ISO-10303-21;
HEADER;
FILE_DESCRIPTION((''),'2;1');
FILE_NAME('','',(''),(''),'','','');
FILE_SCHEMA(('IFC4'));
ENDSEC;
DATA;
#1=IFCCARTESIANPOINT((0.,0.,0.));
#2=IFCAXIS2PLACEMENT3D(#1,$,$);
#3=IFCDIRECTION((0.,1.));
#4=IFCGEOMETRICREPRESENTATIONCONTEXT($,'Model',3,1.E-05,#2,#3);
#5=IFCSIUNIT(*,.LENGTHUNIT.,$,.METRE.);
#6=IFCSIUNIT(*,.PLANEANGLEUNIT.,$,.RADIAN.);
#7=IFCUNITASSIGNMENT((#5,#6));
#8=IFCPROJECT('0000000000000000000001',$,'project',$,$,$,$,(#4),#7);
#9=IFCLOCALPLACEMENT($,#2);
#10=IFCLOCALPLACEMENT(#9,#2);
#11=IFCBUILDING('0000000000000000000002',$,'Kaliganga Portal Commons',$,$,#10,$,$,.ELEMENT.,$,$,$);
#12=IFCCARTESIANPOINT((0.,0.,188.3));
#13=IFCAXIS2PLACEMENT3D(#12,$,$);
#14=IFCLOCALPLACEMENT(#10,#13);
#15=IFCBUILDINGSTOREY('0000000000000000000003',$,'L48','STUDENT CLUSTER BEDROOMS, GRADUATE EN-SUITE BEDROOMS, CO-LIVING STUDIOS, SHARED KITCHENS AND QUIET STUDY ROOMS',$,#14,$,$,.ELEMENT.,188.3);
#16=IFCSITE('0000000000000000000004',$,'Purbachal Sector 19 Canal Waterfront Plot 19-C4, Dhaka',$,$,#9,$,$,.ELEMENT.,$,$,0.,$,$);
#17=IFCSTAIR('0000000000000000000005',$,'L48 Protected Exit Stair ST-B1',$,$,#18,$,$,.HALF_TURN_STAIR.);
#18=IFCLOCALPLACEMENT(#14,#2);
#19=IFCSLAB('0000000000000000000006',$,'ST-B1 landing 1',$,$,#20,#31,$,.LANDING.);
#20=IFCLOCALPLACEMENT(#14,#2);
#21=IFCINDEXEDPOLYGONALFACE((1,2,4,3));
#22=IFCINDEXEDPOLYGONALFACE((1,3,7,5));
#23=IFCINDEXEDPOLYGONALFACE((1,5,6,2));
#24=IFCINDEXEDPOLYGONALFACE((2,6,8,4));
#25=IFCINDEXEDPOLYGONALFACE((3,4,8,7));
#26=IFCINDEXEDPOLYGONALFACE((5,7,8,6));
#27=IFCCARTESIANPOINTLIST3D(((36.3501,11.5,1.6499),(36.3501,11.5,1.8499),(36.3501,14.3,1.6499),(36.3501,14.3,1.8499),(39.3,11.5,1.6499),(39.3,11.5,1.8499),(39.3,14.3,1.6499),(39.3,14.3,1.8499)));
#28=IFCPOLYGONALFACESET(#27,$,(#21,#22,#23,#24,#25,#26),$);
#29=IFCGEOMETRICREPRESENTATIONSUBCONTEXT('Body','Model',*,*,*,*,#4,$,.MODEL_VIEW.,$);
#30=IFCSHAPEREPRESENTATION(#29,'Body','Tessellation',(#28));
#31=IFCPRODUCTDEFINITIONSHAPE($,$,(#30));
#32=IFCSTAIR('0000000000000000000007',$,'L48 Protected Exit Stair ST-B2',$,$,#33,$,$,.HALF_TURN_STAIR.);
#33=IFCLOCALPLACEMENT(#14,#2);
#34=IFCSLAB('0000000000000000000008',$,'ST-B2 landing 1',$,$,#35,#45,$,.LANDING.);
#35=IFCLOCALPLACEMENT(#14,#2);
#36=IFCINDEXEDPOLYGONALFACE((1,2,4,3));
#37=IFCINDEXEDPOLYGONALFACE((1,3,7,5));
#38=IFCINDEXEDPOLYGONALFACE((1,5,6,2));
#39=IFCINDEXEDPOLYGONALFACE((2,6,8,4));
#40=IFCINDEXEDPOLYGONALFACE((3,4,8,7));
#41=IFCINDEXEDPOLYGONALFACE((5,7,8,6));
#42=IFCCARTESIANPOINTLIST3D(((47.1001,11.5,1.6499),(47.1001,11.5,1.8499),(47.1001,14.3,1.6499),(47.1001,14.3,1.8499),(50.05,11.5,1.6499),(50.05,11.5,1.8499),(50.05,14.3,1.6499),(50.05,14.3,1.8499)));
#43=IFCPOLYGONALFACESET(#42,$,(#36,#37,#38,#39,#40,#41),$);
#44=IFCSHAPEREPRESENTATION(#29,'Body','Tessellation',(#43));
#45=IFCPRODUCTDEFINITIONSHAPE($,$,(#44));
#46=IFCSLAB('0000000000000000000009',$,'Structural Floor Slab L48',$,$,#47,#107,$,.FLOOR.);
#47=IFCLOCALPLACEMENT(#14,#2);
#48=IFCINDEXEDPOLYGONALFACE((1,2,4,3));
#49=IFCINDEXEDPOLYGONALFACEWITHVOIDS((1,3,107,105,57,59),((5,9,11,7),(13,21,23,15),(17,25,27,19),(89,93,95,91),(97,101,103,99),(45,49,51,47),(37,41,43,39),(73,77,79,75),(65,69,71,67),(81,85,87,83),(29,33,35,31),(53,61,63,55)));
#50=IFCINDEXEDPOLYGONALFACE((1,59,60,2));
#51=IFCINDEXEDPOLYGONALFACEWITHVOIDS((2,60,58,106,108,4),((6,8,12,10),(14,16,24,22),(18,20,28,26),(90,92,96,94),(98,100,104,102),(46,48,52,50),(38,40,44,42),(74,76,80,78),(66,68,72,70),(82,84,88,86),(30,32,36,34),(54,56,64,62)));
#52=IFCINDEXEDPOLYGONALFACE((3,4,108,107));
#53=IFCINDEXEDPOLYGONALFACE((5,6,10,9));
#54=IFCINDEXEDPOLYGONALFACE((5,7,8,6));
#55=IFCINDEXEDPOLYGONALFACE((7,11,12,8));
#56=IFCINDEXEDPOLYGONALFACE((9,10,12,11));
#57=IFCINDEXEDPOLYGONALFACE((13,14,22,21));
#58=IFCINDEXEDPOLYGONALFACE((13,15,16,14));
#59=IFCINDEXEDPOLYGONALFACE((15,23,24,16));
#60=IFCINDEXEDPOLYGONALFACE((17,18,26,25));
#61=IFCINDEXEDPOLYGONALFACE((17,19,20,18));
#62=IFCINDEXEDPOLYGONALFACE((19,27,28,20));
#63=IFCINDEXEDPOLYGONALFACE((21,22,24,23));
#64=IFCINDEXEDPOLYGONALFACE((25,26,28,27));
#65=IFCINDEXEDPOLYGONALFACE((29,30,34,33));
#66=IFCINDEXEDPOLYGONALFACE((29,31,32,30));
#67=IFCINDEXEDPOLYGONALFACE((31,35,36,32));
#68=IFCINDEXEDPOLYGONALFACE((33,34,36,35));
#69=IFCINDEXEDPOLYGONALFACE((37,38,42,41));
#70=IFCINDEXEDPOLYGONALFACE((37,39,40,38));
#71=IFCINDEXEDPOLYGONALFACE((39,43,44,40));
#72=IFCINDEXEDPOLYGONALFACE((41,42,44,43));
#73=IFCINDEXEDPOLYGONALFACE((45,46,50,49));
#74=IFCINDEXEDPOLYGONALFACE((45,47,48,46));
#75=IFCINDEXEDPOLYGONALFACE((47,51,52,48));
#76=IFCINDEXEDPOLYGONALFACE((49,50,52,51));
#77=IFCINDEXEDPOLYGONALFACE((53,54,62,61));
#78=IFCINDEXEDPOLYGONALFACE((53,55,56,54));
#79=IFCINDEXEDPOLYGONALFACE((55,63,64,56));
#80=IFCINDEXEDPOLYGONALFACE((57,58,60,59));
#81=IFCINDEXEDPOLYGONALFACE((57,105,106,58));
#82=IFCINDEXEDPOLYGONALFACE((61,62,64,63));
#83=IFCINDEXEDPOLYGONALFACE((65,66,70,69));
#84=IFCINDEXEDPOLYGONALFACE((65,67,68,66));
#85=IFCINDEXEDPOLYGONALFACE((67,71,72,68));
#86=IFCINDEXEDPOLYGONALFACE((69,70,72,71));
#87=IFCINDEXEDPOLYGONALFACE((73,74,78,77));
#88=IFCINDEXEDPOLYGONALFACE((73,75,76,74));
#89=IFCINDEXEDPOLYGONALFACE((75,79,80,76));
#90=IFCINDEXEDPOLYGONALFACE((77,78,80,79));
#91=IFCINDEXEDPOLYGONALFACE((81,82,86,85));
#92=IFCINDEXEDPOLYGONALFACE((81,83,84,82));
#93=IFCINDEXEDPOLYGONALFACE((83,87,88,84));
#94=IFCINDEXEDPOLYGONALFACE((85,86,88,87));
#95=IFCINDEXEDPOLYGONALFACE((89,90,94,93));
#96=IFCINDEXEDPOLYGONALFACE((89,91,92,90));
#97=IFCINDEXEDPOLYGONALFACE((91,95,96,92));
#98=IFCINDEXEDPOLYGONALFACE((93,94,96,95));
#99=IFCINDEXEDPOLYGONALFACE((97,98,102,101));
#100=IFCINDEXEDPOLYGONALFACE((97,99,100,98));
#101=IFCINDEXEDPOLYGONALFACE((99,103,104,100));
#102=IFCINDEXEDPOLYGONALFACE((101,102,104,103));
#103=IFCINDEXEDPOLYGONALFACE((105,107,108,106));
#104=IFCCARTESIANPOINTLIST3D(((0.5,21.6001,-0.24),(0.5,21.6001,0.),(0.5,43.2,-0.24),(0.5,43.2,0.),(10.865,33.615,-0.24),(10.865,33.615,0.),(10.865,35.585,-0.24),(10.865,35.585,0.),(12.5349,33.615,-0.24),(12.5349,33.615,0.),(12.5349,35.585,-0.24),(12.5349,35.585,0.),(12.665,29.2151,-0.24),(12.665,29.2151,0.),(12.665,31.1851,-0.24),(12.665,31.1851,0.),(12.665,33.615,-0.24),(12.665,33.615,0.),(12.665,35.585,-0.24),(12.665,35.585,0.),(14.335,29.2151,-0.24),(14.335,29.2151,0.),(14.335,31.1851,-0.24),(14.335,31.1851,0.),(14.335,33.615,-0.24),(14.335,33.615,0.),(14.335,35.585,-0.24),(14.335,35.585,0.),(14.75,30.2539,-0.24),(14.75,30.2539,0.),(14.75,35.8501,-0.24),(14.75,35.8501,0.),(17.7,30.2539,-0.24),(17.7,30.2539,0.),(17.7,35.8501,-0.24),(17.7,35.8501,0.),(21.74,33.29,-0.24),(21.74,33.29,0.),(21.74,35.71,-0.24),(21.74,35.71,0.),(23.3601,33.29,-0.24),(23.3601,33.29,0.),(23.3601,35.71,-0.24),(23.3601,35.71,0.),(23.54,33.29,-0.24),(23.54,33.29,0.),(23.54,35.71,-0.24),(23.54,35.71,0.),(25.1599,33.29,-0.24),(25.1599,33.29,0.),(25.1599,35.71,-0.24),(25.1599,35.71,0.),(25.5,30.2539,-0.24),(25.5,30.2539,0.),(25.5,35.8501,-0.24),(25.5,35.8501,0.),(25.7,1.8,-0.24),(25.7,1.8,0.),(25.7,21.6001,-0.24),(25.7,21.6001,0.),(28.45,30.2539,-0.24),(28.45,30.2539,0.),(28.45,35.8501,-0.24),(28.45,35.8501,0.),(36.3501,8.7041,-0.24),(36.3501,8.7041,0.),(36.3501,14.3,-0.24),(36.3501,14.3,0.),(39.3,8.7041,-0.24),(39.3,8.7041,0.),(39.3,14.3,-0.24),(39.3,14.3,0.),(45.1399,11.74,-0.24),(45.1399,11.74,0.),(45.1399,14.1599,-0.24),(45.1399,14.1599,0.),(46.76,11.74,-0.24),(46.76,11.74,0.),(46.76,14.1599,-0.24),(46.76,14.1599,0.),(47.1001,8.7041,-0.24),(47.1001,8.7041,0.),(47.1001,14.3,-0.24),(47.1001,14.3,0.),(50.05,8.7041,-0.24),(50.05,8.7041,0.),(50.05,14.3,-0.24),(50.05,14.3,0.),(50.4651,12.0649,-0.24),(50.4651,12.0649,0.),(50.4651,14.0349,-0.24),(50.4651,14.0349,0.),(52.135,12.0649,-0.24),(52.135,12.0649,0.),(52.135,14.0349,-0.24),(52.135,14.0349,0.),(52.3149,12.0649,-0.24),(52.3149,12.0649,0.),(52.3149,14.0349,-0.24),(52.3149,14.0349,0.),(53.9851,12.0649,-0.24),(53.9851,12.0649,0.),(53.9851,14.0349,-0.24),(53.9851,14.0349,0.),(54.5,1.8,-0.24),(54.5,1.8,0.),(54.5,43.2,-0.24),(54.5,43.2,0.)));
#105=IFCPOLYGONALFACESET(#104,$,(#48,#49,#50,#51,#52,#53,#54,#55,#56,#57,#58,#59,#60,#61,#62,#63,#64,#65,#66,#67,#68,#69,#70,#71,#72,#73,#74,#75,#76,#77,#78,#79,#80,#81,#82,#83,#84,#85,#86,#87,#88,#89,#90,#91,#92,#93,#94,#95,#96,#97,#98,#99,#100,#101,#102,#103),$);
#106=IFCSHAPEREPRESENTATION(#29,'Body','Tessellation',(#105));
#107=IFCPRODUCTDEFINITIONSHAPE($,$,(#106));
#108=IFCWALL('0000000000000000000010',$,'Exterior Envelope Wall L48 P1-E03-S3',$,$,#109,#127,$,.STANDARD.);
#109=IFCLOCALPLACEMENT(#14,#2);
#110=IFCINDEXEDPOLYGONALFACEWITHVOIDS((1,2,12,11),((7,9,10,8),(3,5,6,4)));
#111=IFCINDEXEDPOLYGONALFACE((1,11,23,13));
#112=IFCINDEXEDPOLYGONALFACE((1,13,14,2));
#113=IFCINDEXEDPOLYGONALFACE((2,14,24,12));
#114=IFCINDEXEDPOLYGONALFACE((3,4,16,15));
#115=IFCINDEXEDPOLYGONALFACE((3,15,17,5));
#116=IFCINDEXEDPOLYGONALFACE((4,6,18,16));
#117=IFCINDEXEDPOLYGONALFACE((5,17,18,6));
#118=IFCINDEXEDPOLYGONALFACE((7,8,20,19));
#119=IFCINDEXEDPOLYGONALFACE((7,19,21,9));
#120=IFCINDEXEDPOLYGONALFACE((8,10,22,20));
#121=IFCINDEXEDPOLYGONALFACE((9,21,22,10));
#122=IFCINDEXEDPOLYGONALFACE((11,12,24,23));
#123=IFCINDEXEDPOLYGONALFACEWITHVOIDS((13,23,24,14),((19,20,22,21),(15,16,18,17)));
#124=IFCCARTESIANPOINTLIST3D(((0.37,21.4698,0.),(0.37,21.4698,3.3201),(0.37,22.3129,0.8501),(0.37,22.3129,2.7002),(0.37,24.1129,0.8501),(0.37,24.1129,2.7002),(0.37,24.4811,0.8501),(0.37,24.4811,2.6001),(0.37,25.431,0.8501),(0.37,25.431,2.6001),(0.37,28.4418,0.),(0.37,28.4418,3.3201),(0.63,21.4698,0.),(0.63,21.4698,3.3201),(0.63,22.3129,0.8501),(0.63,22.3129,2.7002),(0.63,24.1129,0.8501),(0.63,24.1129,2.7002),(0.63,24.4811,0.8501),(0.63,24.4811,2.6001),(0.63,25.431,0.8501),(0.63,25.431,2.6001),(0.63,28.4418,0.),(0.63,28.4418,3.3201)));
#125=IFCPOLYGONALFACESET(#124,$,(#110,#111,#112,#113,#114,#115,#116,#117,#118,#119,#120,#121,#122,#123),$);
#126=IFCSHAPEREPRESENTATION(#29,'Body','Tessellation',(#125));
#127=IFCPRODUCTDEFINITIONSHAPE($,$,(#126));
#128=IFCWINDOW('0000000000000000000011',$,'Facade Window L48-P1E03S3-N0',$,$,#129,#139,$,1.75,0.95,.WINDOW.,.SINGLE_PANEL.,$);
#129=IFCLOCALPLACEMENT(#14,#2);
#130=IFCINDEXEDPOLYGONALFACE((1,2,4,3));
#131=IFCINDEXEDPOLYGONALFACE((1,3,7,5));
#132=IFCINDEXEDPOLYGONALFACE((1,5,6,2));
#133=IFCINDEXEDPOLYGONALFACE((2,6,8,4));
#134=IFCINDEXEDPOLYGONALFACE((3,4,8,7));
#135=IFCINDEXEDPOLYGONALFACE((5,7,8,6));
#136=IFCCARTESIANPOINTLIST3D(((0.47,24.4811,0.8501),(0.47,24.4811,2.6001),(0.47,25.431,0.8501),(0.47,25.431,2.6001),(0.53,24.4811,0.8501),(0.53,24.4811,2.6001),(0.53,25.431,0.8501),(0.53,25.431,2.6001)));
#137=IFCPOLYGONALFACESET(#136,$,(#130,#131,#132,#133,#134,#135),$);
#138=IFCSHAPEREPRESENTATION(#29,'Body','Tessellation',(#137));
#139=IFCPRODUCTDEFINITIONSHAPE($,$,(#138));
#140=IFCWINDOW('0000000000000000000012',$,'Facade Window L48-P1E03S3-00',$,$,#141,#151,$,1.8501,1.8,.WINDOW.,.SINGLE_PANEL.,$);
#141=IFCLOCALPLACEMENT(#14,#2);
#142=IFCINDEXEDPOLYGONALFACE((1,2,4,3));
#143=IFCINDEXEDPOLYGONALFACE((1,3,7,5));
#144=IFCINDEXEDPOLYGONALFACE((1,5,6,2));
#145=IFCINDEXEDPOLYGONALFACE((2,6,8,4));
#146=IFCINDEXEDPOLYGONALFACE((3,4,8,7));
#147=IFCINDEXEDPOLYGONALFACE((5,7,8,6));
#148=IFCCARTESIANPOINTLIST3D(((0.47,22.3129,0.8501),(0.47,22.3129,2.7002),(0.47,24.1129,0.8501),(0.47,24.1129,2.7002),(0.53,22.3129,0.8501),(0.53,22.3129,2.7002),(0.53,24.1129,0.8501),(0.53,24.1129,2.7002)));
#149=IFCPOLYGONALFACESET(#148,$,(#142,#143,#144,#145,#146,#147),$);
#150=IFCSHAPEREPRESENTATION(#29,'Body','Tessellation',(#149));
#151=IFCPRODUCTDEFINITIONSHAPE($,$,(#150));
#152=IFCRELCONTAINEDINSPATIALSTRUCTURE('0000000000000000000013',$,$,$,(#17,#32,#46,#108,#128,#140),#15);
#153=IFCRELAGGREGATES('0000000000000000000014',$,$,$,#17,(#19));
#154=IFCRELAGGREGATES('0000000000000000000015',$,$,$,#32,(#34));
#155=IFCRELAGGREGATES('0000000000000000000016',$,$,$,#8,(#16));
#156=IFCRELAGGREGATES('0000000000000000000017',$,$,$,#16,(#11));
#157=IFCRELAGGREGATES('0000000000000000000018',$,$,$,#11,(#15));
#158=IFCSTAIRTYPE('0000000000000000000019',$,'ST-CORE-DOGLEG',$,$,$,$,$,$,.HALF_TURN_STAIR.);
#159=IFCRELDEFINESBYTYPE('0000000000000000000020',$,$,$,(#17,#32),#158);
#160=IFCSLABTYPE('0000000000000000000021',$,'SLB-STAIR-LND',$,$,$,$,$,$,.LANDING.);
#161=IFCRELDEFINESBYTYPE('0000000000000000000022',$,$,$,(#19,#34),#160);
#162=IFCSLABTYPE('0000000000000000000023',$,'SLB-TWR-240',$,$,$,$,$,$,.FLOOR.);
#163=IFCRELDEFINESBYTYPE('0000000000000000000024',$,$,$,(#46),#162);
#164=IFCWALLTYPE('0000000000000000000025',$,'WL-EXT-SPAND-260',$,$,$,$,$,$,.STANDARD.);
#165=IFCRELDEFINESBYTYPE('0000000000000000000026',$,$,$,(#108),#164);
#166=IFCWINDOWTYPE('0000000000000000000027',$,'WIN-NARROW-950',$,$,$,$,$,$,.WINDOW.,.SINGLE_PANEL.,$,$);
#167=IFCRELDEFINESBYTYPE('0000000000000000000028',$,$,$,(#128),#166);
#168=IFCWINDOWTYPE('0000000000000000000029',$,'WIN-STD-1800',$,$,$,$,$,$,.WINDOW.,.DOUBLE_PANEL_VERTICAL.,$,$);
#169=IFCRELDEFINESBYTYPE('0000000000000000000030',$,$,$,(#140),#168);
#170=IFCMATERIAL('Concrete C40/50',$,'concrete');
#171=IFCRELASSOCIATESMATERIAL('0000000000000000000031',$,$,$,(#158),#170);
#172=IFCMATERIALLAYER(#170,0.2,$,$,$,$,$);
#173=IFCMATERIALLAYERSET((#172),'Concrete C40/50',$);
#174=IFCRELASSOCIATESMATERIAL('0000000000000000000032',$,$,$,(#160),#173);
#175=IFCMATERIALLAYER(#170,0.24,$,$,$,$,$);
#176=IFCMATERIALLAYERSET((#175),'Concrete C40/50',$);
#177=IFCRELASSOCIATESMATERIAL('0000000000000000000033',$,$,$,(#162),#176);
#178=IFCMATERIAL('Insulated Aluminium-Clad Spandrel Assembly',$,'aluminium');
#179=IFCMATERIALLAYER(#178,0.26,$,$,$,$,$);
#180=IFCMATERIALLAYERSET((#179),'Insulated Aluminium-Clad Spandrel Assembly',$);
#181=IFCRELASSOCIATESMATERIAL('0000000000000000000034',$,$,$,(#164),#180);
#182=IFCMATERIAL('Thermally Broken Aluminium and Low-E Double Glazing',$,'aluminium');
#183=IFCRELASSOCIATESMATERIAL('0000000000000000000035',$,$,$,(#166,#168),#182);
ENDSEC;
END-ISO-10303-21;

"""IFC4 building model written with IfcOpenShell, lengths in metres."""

from ifc_helpers import new_model, si_unit, direction, frame, frame_2d, origin, place, context, subcontext, project, spatial, polyline, rectangle, outline, extrude, material, layer, layer_set, type_object, element, fill, aggregate, save


model = new_model("IFC4")

# Units and contexts
model_context = context("Model", 3, precision=1e-05, world=origin(), true_north=direction((0.0, 1.0)))
body_context = subcontext(model_context, "Body", "Model", "MODEL_VIEW")
ifc_project = project(units=[si_unit("LENGTHUNIT", "METRE"), si_unit("PLANEANGLEUNIT", "RADIAN")], contexts=[model_context])

# Site, building, storey
site_placement = place(None, origin())
site = spatial("IfcSite", under=ifc_project, at=site_placement, Name="Purbachal Sector 19 Canal Waterfront Plot 19-C4, Dhaka", CompositionType="ELEMENT", RefElevation=0.0)
building_placement = place(site_placement, origin())
building = spatial("IfcBuilding", under=site, at=building_placement, Name="Kaliganga Portal Commons", CompositionType="ELEMENT")
storey_placement = place(building_placement, frame((0.0, 0.0, 188.3)))
storey = spatial("IfcBuildingStorey", under=building, at=storey_placement, Name="L48", Description="STUDENT CLUSTER BEDROOMS, GRADUATE EN-SUITE BEDROOMS, CO-LIVING STUDIOS, SHARED KITCHENS AND QUIET STUDY ROOMS", CompositionType="ELEMENT", Elevation=188.3)

# Shared definitions
ifc_material_1 = material(Name="Concrete C40/50", Category="concrete")

# Stairs, slabs
stair_type = type_object("IfcStairType", Name="ST-CORE-DOGLEG", PredefinedType="HALF_TURN_STAIR", material=ifc_material_1)
ifc_layer_1 = layer(ifc_material_1, 0.2)
ifc_layer_set_1 = layer_set([ifc_layer_1], Name="Concrete C40/50")
slab_type_1 = type_object("IfcSlabType", Name="SLB-STAIR-LND", PredefinedType="LANDING", material=ifc_layer_set_1)
stair_1_placement = place(storey_placement, origin())
stair_1 = element("IfcStair", 1, at=stair_1_placement, inside=storey, type_object=stair_type, Name="L48 Protected Exit Stair ST-B1", PredefinedType="HALF_TURN_STAIR")
slab_1_placement = place(storey_placement, frame((0.0, 0.0, 1.6499)))
slab_1 = element("IfcSlab", 2, at=slab_1_placement, type_object=slab_type_1, Name="ST-B1 landing 1", PredefinedType="LANDING", context=body_context, shape_type="SweptSolid", body=[
    extrude(outline(polyline([(39.3, 11.5), (39.3, 14.3), (36.3501, 14.3), (36.3501, 11.5), (39.3, 11.5)])), origin(), (0.0, 0.0, 1.0), 0.2),
])
aggregate(stair_1, [slab_1])
stair_2_placement = place(storey_placement, origin())
stair_2 = element("IfcStair", 3, at=stair_2_placement, inside=storey, type_object=stair_type, Name="L48 Protected Exit Stair ST-B2", PredefinedType="HALF_TURN_STAIR")
slab_2_placement = place(storey_placement, frame((0.0, 0.0, 1.6499)))
slab_2 = element("IfcSlab", 4, at=slab_2_placement, type_object=slab_type_1, Name="ST-B2 landing 1", PredefinedType="LANDING", context=body_context, shape_type="SweptSolid", body=[
    extrude(outline(polyline([(50.05, 11.5), (50.05, 14.3), (47.1001, 14.3), (47.1001, 11.5), (50.05, 11.5)])), origin(), (0.0, 0.0, 1.0), 0.2),
])
aggregate(stair_2, [slab_2])

# Slab
ifc_layer_2 = layer(ifc_material_1, 0.24)
ifc_layer_set_2 = layer_set([ifc_layer_2], Name="Concrete C40/50")
slab_type_2 = type_object("IfcSlabType", Name="SLB-TWR-240", PredefinedType="FLOOR", material=ifc_layer_set_2)
slab_3_placement = place(storey_placement, frame((0.0, 0.0, -0.24)))
element("IfcSlab", 5, at=slab_3_placement, inside=storey, type_object=slab_type_2, Name="Structural Floor Slab L48", PredefinedType="FLOOR", context=body_context, shape_type="SweptSolid", body=[
    extrude(outline(polyline([(25.7, 1.8), (54.5, 1.8), (54.5, 43.2), (0.5, 43.2), (0.5, 21.6001), (25.7, 21.6001), (25.7, 1.8)]), holes=[polyline([(14.75, 30.2539), (14.75, 35.8501), (17.7, 35.8501), (17.7, 30.2539), (14.75, 30.2539)]), polyline([(25.5, 30.2539), (25.5, 35.8501), (28.45, 35.8501), (28.45, 30.2539), (25.5, 30.2539)]), polyline([(36.3501, 8.7041), (36.3501, 14.3), (39.3, 14.3), (39.3, 8.7041), (36.3501, 8.7041)]), polyline([(47.1001, 8.7041), (47.1001, 14.3), (50.05, 14.3), (50.05, 8.7041), (47.1001, 8.7041)]), polyline([(12.665, 33.615), (12.665, 35.585), (14.335, 35.585), (14.335, 33.615), (12.665, 33.615)]), polyline([(12.665, 29.2151), (12.665, 31.1851), (14.335, 31.1851), (14.335, 29.2151), (12.665, 29.2151)]), polyline([(10.865, 33.615), (10.865, 35.585), (12.5349, 35.585), (12.5349, 33.615), (10.865, 33.615)]), polyline([(21.74, 33.29), (21.74, 35.71), (23.3601, 35.71), (23.3601, 33.29), (21.74, 33.29)]), polyline([(23.54, 33.29), (23.54, 35.71), (25.1599, 35.71), (25.1599, 33.29), (23.54, 33.29)]), polyline([(50.4651, 12.0649), (50.4651, 14.0349), (52.135, 14.0349), (52.135, 12.0649), (50.4651, 12.0649)]), polyline([(52.3149, 12.0649), (52.3149, 14.0349), (53.9851, 14.0349), (53.9851, 12.0649), (52.3149, 12.0649)]), polyline([(45.1399, 11.74), (45.1399, 14.1599), (46.76, 14.1599), (46.76, 11.74), (45.1399, 11.74)])]), origin(), (0.0, 0.0, 1.0), 0.24),
])

# Wall, openings, windows
ifc_material_2 = material(Name="Insulated Aluminium-Clad Spandrel Assembly", Category="aluminium")
ifc_layer_3 = layer(ifc_material_2, 0.26)
ifc_layer_set_3 = layer_set([ifc_layer_3], Name="Insulated Aluminium-Clad Spandrel Assembly")
wall_type_1 = type_object("IfcWallType", Name="WL-EXT-SPAND-260", PredefinedType="STANDARD", material=ifc_layer_set_3)
wall_1_placement = place(storey_placement, frame((0.5, 21.47, 0.0), z_axis=(0.0, 0.0, 1.0), x_axis=(0.0, 1.0, 0.0)))
wall_1 = element("IfcWall", 6, at=wall_1_placement, inside=storey, type_object=wall_type_1, Name="Exterior Envelope Wall L48 P1-E03-S3", PredefinedType="STANDARD", context=body_context, shape_type="SweptSolid", body=[
    extrude(rectangle(XDim=6.9719, YDim=0.26, at=frame_2d((3.4858, 0.0))), origin(), (0.0, 0.0, 1.0), 3.3201),
])
opening_1_placement = place(wall_1_placement, frame((0.843, 0.0, 0.8501)))
opening_1 = element("IfcOpeningElement", 7, at=opening_1_placement, cuts=wall_1, PredefinedType="OPENING", context=body_context, shape_type="SweptSolid", body=[
    extrude(rectangle(XDim=1.8, YDim=1.8501, at=frame_2d((0.8999, 0.925))), frame((0.0, 0.1401, 0.0), z_axis=(0.0, -1.0, 0.0), x_axis=(1.0, 0.0, 0.0)), (0.0, 0.0, 1.0), 0.28),
])
opening_2_placement = place(wall_1_placement, frame((3.011, 0.0, 0.8501)))
opening_2 = element("IfcOpeningElement", 8, at=opening_2_placement, cuts=wall_1, PredefinedType="OPENING", context=body_context, shape_type="SweptSolid", body=[
    extrude(rectangle(XDim=0.95, YDim=1.75, at=frame_2d((0.4751, 0.875))), frame((0.0, 0.1401, 0.0), z_axis=(0.0, -1.0, 0.0), x_axis=(1.0, 0.0, 0.0)), (0.0, 0.0, 1.0), 0.28),
])
ifc_material_3 = material(Name="Thermally Broken Aluminium and Low-E Double Glazing", Category="aluminium")
window_type_1 = type_object("IfcWindowType", Name="WIN-NARROW-950", PartitioningType="SINGLE_PANEL", PredefinedType="WINDOW", material=ifc_material_3)
window_1_placement = place(opening_2_placement, origin())
window_1 = element("IfcWindow", 9, at=window_1_placement, inside=storey, type_object=window_type_1, Name="Facade Window L48-P1E03S3-N0", OverallHeight=1.75, OverallWidth=0.95, PartitioningType="SINGLE_PANEL", PredefinedType="WINDOW", context=body_context, shape_type="SweptSolid", body=[
    extrude(rectangle(XDim=0.95, YDim=1.75, at=frame_2d((0.4751, 0.875))), frame((0.0, 0.03, 0.0), z_axis=(0.0, -1.0, 0.0), x_axis=(1.0, 0.0, 0.0)), (0.0, 0.0, 1.0), 0.0601),
])
fill(opening_2, window_1)
window_type_2 = type_object("IfcWindowType", Name="WIN-STD-1800", PartitioningType="DOUBLE_PANEL_VERTICAL", PredefinedType="WINDOW", material=ifc_material_3)
window_2_placement = place(opening_1_placement, origin())
window_2 = element("IfcWindow", 10, at=window_2_placement, inside=storey, type_object=window_type_2, Name="Facade Window L48-P1E03S3-00", OverallHeight=1.8501, OverallWidth=1.8, PartitioningType="SINGLE_PANEL", PredefinedType="WINDOW", context=body_context, shape_type="SweptSolid", body=[
    extrude(rectangle(XDim=1.8, YDim=1.8501, at=frame_2d((0.8999, 0.925))), frame((0.0, 0.03, 0.0), z_axis=(0.0, -1.0, 0.0), x_axis=(1.0, 0.0, 0.0)), (0.0, 0.0, 1.0), 0.0601),
])
fill(opening_1, window_2)

save(model, "model.ifc")
